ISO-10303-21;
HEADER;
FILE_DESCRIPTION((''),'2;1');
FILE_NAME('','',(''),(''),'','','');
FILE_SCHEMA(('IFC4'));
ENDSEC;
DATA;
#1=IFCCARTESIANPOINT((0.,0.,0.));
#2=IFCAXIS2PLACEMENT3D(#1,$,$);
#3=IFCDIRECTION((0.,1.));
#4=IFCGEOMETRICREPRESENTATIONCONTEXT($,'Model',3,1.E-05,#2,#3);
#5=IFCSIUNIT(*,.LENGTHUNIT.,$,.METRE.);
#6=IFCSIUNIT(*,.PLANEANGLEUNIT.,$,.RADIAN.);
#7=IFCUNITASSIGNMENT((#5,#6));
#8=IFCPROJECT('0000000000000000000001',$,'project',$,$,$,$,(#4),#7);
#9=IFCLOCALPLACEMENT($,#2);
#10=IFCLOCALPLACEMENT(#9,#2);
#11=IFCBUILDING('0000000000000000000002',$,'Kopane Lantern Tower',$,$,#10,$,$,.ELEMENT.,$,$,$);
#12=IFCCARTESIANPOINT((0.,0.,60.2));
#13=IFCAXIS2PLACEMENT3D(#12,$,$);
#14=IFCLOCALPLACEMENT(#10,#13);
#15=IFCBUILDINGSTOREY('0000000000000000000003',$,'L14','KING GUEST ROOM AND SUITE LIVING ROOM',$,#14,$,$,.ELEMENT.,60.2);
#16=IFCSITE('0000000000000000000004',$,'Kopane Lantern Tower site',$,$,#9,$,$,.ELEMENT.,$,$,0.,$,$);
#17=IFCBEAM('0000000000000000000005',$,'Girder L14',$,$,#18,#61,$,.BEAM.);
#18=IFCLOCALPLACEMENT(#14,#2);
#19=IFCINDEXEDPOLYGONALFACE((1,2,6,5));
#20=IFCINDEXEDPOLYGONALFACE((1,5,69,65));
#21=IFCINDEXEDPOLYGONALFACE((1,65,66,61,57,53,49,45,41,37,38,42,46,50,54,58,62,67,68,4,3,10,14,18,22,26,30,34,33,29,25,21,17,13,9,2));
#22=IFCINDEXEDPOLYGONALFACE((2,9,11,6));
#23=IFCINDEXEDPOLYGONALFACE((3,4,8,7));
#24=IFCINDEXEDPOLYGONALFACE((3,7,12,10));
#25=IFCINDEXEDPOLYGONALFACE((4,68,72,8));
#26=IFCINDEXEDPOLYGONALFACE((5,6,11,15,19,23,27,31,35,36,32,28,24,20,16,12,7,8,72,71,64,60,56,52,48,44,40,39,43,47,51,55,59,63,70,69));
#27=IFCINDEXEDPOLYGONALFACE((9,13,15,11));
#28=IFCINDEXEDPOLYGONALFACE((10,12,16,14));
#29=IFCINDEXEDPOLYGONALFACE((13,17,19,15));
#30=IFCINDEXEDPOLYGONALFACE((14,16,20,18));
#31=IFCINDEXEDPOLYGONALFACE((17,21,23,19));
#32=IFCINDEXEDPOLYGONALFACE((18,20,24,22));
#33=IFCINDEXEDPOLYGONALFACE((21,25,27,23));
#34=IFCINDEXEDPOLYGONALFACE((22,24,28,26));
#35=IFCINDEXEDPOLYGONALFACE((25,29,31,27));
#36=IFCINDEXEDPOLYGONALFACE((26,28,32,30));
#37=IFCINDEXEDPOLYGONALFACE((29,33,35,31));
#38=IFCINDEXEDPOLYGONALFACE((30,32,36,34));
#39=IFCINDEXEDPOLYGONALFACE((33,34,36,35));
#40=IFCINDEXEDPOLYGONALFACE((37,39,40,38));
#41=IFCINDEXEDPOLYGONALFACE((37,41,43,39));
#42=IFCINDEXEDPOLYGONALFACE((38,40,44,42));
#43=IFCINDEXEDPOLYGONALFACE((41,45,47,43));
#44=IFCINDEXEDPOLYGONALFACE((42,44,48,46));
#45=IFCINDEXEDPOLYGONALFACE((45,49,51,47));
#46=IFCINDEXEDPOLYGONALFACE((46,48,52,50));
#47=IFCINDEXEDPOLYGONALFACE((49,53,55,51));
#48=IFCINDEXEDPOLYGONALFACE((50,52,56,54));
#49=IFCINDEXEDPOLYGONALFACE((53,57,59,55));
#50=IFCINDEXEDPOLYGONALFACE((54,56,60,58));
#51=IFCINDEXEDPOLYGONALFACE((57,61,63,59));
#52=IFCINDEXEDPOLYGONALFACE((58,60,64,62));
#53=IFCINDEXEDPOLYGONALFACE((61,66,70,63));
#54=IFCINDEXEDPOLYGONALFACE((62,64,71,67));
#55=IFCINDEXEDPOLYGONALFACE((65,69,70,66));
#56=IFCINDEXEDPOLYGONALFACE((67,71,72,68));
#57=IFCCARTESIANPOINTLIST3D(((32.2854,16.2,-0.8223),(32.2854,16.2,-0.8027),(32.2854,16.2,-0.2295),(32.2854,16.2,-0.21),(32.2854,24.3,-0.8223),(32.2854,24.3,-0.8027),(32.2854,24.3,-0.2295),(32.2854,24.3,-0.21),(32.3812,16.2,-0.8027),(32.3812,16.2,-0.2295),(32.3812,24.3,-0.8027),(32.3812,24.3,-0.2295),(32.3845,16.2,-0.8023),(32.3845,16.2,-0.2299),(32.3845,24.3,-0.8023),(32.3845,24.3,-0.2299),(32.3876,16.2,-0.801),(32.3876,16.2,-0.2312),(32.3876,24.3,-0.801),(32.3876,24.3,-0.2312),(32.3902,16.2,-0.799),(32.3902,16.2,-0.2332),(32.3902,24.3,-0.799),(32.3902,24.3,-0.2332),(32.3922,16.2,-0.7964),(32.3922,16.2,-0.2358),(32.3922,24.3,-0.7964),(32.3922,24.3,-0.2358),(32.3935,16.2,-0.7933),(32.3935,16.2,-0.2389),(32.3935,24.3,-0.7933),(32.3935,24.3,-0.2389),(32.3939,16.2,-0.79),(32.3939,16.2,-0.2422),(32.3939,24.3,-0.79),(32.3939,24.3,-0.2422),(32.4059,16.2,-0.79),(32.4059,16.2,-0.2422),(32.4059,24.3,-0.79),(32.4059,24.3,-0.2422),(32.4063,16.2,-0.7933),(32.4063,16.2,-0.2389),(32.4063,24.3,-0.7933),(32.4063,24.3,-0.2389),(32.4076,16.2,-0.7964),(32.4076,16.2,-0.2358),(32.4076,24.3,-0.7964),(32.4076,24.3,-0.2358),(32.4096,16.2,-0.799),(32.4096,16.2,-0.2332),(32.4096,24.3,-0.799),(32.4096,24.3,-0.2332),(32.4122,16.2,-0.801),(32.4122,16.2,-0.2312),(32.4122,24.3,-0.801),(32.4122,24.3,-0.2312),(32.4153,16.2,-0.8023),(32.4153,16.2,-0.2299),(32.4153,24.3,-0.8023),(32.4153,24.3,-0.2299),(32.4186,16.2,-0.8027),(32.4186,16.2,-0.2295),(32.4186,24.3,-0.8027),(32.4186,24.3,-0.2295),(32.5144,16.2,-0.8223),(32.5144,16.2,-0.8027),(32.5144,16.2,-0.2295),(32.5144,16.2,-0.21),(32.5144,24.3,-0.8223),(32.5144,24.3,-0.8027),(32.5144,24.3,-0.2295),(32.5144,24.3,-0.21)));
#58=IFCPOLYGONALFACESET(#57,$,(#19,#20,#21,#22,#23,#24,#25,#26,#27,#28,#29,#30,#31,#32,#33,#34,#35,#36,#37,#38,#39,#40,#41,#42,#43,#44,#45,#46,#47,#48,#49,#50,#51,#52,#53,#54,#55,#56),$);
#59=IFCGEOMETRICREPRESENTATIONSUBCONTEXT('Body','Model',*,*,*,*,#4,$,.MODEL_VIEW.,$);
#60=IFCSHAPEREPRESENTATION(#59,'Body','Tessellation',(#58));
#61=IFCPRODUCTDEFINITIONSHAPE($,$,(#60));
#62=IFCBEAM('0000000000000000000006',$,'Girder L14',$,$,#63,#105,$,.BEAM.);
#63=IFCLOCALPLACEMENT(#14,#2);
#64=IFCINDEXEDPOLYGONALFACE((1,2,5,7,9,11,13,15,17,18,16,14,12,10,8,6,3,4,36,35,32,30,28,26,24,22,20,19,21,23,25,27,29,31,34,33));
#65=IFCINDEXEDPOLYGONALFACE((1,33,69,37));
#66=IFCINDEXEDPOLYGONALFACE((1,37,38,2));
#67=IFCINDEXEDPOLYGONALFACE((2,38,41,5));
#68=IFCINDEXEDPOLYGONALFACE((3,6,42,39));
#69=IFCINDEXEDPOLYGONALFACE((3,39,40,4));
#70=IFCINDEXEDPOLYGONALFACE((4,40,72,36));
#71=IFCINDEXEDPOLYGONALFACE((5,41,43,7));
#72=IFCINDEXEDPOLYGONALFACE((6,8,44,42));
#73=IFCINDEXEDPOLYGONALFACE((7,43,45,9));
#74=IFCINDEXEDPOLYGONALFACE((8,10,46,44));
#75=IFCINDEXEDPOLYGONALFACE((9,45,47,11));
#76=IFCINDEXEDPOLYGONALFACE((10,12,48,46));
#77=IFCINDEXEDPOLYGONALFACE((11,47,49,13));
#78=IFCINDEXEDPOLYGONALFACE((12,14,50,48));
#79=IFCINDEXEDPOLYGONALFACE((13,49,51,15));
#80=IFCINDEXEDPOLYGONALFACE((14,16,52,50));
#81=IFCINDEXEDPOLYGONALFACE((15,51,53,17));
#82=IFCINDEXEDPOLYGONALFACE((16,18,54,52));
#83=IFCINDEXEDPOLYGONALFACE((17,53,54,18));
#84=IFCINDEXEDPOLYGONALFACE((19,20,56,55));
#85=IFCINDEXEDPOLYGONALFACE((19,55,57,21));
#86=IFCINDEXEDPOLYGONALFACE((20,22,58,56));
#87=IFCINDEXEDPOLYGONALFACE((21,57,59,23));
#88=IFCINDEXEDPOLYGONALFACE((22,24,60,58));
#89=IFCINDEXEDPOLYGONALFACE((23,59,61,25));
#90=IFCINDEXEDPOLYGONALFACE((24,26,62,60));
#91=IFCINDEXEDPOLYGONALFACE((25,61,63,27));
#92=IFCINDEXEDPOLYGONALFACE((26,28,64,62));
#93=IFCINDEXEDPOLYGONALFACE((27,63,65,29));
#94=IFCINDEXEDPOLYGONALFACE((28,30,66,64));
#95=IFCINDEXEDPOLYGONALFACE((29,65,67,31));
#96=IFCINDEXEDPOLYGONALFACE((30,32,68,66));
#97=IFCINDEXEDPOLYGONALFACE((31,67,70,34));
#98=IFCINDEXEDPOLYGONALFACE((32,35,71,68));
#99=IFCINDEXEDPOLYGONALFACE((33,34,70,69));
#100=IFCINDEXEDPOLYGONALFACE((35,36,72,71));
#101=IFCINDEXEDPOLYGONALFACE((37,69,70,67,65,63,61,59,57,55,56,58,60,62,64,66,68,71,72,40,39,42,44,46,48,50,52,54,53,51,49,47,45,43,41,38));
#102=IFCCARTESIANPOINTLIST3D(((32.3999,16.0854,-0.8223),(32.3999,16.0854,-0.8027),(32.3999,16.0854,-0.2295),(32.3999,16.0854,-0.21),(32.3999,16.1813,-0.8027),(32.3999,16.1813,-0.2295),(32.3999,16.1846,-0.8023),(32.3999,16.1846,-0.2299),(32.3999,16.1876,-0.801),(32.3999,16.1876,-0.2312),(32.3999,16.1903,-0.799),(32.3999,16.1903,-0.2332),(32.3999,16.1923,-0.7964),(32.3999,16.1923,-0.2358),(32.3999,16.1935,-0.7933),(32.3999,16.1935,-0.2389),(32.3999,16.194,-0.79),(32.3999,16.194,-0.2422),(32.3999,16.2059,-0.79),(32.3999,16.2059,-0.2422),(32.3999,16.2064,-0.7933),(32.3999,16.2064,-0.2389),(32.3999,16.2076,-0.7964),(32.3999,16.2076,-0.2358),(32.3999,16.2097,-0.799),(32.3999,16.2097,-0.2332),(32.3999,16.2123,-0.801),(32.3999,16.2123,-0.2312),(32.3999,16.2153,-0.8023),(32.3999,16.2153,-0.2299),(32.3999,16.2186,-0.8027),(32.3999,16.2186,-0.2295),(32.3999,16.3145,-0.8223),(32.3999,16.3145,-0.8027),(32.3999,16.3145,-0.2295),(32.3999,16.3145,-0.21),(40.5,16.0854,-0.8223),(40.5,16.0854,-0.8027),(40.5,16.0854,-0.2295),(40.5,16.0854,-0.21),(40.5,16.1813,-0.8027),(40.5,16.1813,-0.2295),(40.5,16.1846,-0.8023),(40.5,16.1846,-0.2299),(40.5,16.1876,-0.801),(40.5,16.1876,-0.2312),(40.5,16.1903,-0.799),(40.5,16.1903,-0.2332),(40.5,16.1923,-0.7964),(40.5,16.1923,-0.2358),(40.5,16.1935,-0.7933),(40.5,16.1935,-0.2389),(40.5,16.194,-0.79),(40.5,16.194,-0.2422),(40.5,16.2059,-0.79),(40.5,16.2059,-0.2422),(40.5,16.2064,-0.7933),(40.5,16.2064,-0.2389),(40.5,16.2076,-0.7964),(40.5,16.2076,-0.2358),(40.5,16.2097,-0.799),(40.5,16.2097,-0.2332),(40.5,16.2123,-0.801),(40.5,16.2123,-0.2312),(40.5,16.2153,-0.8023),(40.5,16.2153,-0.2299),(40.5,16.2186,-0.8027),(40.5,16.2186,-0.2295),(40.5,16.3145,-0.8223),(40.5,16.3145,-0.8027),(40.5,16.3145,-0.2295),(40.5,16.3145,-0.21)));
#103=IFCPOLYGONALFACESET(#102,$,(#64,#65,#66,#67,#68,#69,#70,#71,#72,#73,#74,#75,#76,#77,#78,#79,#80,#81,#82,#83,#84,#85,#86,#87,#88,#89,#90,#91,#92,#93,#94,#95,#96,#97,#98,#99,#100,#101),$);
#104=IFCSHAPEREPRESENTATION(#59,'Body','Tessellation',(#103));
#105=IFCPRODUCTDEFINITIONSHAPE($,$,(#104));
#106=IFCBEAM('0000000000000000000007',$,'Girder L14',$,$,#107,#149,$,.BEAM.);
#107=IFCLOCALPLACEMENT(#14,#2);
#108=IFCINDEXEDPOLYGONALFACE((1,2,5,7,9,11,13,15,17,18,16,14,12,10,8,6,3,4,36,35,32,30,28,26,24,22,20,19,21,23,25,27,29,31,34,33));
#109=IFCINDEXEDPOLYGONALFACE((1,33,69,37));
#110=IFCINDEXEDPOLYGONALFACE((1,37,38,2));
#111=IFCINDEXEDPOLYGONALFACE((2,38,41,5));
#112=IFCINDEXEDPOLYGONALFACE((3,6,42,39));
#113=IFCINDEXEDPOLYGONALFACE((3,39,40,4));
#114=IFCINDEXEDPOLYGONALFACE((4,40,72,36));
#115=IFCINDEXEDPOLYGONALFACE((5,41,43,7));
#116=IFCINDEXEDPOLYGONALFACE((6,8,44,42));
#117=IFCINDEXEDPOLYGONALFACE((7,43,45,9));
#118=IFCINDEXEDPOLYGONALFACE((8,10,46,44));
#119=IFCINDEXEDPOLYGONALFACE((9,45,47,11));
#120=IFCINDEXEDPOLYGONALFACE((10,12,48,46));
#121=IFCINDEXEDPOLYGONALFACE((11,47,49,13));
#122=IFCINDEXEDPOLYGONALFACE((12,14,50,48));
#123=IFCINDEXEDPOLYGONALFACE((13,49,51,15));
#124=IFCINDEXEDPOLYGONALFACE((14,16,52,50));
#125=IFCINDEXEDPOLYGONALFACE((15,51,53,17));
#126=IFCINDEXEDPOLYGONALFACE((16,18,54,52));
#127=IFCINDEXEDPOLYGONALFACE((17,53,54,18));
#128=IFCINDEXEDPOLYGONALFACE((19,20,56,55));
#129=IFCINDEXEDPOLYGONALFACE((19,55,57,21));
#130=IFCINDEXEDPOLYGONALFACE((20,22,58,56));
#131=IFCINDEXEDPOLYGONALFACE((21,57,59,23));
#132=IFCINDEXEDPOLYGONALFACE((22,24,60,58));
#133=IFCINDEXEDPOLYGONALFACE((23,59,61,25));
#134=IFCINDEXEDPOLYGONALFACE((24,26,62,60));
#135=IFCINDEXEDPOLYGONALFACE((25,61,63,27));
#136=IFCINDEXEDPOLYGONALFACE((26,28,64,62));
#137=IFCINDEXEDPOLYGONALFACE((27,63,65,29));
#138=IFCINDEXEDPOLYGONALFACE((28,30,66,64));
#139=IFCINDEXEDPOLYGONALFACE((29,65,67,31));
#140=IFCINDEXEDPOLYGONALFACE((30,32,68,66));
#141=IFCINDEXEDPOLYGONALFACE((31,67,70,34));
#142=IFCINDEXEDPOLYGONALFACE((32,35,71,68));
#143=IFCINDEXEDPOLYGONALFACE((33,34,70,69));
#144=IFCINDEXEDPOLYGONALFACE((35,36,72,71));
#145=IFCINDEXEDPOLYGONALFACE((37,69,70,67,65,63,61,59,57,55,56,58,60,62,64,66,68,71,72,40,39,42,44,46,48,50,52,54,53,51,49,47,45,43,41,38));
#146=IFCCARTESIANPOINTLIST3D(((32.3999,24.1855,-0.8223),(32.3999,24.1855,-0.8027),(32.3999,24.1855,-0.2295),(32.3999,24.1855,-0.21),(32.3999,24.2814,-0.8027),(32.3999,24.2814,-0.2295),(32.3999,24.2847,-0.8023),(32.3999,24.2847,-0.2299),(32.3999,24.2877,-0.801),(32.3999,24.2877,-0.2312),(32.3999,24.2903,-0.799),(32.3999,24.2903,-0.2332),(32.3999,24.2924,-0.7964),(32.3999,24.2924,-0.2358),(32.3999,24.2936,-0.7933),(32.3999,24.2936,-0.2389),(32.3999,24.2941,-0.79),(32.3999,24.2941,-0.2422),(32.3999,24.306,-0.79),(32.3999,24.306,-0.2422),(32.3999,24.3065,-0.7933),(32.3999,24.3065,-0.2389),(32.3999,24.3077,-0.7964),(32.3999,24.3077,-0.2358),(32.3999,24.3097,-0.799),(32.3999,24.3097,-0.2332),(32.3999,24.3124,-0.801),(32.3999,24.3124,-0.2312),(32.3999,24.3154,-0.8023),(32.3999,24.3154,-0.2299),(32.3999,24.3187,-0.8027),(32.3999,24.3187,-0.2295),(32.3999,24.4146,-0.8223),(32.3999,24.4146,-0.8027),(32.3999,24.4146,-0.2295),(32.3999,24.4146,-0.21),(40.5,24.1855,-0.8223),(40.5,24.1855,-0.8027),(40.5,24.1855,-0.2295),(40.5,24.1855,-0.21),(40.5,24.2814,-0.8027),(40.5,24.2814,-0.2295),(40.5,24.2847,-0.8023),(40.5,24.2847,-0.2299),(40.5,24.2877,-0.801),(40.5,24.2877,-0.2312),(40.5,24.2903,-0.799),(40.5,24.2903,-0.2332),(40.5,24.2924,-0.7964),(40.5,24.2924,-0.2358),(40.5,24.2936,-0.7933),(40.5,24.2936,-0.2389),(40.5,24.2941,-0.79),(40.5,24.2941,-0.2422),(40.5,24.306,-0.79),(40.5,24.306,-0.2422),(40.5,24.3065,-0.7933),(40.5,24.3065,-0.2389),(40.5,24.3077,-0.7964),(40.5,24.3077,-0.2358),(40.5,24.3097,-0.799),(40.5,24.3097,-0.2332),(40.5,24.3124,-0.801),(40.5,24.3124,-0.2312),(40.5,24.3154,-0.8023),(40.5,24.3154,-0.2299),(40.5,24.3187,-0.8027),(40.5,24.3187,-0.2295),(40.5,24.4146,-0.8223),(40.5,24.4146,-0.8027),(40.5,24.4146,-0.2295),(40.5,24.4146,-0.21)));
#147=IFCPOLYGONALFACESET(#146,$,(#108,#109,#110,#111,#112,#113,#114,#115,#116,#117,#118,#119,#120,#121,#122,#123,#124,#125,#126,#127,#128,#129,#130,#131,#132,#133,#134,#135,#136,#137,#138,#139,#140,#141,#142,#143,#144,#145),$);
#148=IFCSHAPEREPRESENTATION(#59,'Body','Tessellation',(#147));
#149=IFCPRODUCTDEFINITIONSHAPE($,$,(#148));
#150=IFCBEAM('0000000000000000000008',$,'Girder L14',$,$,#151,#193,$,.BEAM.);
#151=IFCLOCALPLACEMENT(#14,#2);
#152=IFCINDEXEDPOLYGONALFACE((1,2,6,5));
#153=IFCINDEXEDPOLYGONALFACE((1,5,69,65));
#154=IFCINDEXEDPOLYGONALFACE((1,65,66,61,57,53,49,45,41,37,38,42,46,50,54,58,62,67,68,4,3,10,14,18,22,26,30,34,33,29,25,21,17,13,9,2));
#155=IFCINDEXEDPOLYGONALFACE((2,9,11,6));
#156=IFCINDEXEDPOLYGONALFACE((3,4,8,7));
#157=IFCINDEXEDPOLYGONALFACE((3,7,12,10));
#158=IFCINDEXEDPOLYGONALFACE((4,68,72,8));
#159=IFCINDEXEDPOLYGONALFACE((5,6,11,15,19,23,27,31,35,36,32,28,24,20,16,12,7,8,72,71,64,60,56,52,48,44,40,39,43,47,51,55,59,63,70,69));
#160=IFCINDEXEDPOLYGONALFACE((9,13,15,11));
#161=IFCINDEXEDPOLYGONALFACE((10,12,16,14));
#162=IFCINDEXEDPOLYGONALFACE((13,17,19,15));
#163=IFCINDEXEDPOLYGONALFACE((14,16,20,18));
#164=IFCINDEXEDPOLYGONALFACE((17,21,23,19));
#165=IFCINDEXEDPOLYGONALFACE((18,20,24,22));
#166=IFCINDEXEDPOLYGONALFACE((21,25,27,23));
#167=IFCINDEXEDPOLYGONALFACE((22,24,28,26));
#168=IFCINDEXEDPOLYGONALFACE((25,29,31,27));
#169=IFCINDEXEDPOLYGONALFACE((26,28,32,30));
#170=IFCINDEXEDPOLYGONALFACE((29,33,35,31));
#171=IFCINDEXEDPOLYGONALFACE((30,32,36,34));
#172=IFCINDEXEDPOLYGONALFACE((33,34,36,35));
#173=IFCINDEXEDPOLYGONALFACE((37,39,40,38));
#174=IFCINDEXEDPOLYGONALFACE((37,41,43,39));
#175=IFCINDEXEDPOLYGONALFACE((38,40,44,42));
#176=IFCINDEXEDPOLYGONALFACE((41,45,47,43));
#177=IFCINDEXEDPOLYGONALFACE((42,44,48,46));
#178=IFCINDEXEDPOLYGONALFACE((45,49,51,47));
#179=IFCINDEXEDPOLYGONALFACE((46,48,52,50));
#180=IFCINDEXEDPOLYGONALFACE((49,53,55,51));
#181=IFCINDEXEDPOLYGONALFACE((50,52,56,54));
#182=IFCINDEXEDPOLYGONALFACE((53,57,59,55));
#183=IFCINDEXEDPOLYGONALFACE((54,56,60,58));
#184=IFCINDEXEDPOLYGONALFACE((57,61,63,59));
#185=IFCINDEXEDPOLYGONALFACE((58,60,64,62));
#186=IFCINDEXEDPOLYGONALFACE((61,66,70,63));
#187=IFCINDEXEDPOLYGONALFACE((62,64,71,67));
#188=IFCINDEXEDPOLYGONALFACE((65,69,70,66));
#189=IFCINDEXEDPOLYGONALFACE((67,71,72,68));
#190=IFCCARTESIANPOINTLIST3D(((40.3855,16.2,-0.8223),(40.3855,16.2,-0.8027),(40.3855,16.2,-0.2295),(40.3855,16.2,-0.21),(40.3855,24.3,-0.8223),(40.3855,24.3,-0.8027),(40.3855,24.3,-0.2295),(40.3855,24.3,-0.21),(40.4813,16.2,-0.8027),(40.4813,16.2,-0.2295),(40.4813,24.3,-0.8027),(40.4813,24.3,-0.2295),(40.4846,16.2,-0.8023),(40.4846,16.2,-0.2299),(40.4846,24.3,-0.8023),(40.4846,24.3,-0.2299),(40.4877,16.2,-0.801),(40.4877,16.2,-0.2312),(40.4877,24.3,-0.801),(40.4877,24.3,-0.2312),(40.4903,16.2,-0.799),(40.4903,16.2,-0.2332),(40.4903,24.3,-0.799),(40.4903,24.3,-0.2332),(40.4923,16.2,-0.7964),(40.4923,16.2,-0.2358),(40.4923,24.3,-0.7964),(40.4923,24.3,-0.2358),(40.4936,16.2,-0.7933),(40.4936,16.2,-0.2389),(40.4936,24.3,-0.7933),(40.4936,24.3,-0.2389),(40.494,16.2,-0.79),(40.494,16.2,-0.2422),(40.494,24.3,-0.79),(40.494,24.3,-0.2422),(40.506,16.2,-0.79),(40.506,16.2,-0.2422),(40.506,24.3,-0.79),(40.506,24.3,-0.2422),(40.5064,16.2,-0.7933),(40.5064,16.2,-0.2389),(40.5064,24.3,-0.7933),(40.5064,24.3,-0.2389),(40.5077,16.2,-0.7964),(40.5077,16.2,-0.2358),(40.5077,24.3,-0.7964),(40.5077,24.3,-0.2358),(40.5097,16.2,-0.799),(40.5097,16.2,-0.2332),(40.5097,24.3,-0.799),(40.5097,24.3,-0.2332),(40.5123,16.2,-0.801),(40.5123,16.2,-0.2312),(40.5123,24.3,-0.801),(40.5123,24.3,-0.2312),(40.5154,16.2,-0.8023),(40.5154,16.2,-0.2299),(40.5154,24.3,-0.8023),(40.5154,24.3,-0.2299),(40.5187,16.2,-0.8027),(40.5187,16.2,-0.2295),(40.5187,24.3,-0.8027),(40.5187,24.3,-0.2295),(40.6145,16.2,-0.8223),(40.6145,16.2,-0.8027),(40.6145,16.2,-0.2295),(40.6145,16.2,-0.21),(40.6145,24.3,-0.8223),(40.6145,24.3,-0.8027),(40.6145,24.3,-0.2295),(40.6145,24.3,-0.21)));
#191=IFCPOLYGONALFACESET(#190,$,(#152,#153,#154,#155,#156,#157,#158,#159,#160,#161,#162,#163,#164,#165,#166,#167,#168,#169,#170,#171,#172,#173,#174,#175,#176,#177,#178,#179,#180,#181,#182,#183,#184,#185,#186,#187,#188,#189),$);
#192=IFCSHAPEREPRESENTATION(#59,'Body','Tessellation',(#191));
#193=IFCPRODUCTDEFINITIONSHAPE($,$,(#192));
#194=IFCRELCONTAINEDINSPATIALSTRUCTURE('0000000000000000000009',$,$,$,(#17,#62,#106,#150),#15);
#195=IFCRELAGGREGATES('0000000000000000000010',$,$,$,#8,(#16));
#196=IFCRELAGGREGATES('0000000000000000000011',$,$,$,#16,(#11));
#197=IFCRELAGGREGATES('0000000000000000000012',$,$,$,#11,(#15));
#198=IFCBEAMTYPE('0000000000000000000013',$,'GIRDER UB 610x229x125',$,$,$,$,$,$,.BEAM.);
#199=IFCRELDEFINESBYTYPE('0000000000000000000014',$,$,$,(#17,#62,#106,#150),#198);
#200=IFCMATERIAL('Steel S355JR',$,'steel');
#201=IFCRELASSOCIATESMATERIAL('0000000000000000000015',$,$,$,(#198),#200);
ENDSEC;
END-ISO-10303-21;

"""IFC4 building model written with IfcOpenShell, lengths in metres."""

from ifc_helpers import new_model, si_unit, direction, frame, origin, origin_2d, place, context, subcontext, project, spatial, i_section, extrude, material, material_profile, profile_set, type_object, element, save


model = new_model("IFC4")

# Units and contexts
model_context = context("Model", 3, precision=1e-05, world=origin(), true_north=direction((0.0, 1.0)))
body_context = subcontext(model_context, "Body", "Model", "MODEL_VIEW")
ifc_project = project(units=[si_unit("LENGTHUNIT", "METRE"), si_unit("PLANEANGLEUNIT", "RADIAN")], contexts=[model_context])

# Site, building, storey
site_placement = place(None, origin())
site = spatial("IfcSite", under=ifc_project, at=site_placement, Name="Kopane Lantern Tower site", CompositionType="ELEMENT", RefElevation=0.0)
building_placement = place(site_placement, origin())
building = spatial("IfcBuilding", under=site, at=building_placement, Name="Kopane Lantern Tower", CompositionType="ELEMENT")
storey_placement = place(building_placement, frame((0.0, 0.0, 60.2)))
storey = spatial("IfcBuildingStorey", under=building, at=storey_placement, Name="L14", Description="KING GUEST ROOM AND SUITE LIVING ROOM", CompositionType="ELEMENT", Elevation=60.2)

# Beams
ifc_material_1 = material(Name="Steel S355JR", Category="steel")
ifc_material_profile_1 = material_profile(ifc_material_1, i_section(OverallWidth=0.229, OverallDepth=0.6123, WebThickness=0.012, FlangeThickness=0.0195, FilletRadius=0.0127, at=origin_2d()), Name="UB 610x229x125")
ifc_profile_set_1 = profile_set([ifc_material_profile_1], Name="Steel S355JR")
beam_type_1 = type_object("IfcBeamType", Name="GIRDER UB 610x229x125", PredefinedType="BEAM", material=ifc_profile_set_1)
for number, where, z_axis, x_axis, name in (
    (1, (32.3999, 16.2, -0.5161), (0.0, 1.0, 0.0), (-1.0, 0.0, 0.0), "Girder L14"),
    (2, (32.3999, 16.2, -0.5161), (1.0, 0.0, 0.0), (0.0, 1.0, 0.0), "Girder L14"),
    (3, (32.3999, 24.3, -0.5161), (1.0, 0.0, 0.0), (0.0, 1.0, 0.0), "Girder L14"),
    (4, (40.5, 16.2, -0.5161), (0.0, 1.0, 0.0), (-1.0, 0.0, 0.0), "Girder L14"),
):
    element("IfcBeam", number, at=place(storey_placement, frame(where, z_axis=z_axis, x_axis=x_axis)), inside=storey, type_object=beam_type_1, Name=name, PredefinedType="BEAM", context=body_context, shape_type="SweptSolid", body=[
        extrude(i_section(OverallWidth=0.229, OverallDepth=0.6123, WebThickness=0.012, FlangeThickness=0.0195, FilletRadius=0.0127, at=origin_2d()), origin(), (0.0, 0.0, 1.0), 8.1001),
    ])

save(model, "model.ifc")
